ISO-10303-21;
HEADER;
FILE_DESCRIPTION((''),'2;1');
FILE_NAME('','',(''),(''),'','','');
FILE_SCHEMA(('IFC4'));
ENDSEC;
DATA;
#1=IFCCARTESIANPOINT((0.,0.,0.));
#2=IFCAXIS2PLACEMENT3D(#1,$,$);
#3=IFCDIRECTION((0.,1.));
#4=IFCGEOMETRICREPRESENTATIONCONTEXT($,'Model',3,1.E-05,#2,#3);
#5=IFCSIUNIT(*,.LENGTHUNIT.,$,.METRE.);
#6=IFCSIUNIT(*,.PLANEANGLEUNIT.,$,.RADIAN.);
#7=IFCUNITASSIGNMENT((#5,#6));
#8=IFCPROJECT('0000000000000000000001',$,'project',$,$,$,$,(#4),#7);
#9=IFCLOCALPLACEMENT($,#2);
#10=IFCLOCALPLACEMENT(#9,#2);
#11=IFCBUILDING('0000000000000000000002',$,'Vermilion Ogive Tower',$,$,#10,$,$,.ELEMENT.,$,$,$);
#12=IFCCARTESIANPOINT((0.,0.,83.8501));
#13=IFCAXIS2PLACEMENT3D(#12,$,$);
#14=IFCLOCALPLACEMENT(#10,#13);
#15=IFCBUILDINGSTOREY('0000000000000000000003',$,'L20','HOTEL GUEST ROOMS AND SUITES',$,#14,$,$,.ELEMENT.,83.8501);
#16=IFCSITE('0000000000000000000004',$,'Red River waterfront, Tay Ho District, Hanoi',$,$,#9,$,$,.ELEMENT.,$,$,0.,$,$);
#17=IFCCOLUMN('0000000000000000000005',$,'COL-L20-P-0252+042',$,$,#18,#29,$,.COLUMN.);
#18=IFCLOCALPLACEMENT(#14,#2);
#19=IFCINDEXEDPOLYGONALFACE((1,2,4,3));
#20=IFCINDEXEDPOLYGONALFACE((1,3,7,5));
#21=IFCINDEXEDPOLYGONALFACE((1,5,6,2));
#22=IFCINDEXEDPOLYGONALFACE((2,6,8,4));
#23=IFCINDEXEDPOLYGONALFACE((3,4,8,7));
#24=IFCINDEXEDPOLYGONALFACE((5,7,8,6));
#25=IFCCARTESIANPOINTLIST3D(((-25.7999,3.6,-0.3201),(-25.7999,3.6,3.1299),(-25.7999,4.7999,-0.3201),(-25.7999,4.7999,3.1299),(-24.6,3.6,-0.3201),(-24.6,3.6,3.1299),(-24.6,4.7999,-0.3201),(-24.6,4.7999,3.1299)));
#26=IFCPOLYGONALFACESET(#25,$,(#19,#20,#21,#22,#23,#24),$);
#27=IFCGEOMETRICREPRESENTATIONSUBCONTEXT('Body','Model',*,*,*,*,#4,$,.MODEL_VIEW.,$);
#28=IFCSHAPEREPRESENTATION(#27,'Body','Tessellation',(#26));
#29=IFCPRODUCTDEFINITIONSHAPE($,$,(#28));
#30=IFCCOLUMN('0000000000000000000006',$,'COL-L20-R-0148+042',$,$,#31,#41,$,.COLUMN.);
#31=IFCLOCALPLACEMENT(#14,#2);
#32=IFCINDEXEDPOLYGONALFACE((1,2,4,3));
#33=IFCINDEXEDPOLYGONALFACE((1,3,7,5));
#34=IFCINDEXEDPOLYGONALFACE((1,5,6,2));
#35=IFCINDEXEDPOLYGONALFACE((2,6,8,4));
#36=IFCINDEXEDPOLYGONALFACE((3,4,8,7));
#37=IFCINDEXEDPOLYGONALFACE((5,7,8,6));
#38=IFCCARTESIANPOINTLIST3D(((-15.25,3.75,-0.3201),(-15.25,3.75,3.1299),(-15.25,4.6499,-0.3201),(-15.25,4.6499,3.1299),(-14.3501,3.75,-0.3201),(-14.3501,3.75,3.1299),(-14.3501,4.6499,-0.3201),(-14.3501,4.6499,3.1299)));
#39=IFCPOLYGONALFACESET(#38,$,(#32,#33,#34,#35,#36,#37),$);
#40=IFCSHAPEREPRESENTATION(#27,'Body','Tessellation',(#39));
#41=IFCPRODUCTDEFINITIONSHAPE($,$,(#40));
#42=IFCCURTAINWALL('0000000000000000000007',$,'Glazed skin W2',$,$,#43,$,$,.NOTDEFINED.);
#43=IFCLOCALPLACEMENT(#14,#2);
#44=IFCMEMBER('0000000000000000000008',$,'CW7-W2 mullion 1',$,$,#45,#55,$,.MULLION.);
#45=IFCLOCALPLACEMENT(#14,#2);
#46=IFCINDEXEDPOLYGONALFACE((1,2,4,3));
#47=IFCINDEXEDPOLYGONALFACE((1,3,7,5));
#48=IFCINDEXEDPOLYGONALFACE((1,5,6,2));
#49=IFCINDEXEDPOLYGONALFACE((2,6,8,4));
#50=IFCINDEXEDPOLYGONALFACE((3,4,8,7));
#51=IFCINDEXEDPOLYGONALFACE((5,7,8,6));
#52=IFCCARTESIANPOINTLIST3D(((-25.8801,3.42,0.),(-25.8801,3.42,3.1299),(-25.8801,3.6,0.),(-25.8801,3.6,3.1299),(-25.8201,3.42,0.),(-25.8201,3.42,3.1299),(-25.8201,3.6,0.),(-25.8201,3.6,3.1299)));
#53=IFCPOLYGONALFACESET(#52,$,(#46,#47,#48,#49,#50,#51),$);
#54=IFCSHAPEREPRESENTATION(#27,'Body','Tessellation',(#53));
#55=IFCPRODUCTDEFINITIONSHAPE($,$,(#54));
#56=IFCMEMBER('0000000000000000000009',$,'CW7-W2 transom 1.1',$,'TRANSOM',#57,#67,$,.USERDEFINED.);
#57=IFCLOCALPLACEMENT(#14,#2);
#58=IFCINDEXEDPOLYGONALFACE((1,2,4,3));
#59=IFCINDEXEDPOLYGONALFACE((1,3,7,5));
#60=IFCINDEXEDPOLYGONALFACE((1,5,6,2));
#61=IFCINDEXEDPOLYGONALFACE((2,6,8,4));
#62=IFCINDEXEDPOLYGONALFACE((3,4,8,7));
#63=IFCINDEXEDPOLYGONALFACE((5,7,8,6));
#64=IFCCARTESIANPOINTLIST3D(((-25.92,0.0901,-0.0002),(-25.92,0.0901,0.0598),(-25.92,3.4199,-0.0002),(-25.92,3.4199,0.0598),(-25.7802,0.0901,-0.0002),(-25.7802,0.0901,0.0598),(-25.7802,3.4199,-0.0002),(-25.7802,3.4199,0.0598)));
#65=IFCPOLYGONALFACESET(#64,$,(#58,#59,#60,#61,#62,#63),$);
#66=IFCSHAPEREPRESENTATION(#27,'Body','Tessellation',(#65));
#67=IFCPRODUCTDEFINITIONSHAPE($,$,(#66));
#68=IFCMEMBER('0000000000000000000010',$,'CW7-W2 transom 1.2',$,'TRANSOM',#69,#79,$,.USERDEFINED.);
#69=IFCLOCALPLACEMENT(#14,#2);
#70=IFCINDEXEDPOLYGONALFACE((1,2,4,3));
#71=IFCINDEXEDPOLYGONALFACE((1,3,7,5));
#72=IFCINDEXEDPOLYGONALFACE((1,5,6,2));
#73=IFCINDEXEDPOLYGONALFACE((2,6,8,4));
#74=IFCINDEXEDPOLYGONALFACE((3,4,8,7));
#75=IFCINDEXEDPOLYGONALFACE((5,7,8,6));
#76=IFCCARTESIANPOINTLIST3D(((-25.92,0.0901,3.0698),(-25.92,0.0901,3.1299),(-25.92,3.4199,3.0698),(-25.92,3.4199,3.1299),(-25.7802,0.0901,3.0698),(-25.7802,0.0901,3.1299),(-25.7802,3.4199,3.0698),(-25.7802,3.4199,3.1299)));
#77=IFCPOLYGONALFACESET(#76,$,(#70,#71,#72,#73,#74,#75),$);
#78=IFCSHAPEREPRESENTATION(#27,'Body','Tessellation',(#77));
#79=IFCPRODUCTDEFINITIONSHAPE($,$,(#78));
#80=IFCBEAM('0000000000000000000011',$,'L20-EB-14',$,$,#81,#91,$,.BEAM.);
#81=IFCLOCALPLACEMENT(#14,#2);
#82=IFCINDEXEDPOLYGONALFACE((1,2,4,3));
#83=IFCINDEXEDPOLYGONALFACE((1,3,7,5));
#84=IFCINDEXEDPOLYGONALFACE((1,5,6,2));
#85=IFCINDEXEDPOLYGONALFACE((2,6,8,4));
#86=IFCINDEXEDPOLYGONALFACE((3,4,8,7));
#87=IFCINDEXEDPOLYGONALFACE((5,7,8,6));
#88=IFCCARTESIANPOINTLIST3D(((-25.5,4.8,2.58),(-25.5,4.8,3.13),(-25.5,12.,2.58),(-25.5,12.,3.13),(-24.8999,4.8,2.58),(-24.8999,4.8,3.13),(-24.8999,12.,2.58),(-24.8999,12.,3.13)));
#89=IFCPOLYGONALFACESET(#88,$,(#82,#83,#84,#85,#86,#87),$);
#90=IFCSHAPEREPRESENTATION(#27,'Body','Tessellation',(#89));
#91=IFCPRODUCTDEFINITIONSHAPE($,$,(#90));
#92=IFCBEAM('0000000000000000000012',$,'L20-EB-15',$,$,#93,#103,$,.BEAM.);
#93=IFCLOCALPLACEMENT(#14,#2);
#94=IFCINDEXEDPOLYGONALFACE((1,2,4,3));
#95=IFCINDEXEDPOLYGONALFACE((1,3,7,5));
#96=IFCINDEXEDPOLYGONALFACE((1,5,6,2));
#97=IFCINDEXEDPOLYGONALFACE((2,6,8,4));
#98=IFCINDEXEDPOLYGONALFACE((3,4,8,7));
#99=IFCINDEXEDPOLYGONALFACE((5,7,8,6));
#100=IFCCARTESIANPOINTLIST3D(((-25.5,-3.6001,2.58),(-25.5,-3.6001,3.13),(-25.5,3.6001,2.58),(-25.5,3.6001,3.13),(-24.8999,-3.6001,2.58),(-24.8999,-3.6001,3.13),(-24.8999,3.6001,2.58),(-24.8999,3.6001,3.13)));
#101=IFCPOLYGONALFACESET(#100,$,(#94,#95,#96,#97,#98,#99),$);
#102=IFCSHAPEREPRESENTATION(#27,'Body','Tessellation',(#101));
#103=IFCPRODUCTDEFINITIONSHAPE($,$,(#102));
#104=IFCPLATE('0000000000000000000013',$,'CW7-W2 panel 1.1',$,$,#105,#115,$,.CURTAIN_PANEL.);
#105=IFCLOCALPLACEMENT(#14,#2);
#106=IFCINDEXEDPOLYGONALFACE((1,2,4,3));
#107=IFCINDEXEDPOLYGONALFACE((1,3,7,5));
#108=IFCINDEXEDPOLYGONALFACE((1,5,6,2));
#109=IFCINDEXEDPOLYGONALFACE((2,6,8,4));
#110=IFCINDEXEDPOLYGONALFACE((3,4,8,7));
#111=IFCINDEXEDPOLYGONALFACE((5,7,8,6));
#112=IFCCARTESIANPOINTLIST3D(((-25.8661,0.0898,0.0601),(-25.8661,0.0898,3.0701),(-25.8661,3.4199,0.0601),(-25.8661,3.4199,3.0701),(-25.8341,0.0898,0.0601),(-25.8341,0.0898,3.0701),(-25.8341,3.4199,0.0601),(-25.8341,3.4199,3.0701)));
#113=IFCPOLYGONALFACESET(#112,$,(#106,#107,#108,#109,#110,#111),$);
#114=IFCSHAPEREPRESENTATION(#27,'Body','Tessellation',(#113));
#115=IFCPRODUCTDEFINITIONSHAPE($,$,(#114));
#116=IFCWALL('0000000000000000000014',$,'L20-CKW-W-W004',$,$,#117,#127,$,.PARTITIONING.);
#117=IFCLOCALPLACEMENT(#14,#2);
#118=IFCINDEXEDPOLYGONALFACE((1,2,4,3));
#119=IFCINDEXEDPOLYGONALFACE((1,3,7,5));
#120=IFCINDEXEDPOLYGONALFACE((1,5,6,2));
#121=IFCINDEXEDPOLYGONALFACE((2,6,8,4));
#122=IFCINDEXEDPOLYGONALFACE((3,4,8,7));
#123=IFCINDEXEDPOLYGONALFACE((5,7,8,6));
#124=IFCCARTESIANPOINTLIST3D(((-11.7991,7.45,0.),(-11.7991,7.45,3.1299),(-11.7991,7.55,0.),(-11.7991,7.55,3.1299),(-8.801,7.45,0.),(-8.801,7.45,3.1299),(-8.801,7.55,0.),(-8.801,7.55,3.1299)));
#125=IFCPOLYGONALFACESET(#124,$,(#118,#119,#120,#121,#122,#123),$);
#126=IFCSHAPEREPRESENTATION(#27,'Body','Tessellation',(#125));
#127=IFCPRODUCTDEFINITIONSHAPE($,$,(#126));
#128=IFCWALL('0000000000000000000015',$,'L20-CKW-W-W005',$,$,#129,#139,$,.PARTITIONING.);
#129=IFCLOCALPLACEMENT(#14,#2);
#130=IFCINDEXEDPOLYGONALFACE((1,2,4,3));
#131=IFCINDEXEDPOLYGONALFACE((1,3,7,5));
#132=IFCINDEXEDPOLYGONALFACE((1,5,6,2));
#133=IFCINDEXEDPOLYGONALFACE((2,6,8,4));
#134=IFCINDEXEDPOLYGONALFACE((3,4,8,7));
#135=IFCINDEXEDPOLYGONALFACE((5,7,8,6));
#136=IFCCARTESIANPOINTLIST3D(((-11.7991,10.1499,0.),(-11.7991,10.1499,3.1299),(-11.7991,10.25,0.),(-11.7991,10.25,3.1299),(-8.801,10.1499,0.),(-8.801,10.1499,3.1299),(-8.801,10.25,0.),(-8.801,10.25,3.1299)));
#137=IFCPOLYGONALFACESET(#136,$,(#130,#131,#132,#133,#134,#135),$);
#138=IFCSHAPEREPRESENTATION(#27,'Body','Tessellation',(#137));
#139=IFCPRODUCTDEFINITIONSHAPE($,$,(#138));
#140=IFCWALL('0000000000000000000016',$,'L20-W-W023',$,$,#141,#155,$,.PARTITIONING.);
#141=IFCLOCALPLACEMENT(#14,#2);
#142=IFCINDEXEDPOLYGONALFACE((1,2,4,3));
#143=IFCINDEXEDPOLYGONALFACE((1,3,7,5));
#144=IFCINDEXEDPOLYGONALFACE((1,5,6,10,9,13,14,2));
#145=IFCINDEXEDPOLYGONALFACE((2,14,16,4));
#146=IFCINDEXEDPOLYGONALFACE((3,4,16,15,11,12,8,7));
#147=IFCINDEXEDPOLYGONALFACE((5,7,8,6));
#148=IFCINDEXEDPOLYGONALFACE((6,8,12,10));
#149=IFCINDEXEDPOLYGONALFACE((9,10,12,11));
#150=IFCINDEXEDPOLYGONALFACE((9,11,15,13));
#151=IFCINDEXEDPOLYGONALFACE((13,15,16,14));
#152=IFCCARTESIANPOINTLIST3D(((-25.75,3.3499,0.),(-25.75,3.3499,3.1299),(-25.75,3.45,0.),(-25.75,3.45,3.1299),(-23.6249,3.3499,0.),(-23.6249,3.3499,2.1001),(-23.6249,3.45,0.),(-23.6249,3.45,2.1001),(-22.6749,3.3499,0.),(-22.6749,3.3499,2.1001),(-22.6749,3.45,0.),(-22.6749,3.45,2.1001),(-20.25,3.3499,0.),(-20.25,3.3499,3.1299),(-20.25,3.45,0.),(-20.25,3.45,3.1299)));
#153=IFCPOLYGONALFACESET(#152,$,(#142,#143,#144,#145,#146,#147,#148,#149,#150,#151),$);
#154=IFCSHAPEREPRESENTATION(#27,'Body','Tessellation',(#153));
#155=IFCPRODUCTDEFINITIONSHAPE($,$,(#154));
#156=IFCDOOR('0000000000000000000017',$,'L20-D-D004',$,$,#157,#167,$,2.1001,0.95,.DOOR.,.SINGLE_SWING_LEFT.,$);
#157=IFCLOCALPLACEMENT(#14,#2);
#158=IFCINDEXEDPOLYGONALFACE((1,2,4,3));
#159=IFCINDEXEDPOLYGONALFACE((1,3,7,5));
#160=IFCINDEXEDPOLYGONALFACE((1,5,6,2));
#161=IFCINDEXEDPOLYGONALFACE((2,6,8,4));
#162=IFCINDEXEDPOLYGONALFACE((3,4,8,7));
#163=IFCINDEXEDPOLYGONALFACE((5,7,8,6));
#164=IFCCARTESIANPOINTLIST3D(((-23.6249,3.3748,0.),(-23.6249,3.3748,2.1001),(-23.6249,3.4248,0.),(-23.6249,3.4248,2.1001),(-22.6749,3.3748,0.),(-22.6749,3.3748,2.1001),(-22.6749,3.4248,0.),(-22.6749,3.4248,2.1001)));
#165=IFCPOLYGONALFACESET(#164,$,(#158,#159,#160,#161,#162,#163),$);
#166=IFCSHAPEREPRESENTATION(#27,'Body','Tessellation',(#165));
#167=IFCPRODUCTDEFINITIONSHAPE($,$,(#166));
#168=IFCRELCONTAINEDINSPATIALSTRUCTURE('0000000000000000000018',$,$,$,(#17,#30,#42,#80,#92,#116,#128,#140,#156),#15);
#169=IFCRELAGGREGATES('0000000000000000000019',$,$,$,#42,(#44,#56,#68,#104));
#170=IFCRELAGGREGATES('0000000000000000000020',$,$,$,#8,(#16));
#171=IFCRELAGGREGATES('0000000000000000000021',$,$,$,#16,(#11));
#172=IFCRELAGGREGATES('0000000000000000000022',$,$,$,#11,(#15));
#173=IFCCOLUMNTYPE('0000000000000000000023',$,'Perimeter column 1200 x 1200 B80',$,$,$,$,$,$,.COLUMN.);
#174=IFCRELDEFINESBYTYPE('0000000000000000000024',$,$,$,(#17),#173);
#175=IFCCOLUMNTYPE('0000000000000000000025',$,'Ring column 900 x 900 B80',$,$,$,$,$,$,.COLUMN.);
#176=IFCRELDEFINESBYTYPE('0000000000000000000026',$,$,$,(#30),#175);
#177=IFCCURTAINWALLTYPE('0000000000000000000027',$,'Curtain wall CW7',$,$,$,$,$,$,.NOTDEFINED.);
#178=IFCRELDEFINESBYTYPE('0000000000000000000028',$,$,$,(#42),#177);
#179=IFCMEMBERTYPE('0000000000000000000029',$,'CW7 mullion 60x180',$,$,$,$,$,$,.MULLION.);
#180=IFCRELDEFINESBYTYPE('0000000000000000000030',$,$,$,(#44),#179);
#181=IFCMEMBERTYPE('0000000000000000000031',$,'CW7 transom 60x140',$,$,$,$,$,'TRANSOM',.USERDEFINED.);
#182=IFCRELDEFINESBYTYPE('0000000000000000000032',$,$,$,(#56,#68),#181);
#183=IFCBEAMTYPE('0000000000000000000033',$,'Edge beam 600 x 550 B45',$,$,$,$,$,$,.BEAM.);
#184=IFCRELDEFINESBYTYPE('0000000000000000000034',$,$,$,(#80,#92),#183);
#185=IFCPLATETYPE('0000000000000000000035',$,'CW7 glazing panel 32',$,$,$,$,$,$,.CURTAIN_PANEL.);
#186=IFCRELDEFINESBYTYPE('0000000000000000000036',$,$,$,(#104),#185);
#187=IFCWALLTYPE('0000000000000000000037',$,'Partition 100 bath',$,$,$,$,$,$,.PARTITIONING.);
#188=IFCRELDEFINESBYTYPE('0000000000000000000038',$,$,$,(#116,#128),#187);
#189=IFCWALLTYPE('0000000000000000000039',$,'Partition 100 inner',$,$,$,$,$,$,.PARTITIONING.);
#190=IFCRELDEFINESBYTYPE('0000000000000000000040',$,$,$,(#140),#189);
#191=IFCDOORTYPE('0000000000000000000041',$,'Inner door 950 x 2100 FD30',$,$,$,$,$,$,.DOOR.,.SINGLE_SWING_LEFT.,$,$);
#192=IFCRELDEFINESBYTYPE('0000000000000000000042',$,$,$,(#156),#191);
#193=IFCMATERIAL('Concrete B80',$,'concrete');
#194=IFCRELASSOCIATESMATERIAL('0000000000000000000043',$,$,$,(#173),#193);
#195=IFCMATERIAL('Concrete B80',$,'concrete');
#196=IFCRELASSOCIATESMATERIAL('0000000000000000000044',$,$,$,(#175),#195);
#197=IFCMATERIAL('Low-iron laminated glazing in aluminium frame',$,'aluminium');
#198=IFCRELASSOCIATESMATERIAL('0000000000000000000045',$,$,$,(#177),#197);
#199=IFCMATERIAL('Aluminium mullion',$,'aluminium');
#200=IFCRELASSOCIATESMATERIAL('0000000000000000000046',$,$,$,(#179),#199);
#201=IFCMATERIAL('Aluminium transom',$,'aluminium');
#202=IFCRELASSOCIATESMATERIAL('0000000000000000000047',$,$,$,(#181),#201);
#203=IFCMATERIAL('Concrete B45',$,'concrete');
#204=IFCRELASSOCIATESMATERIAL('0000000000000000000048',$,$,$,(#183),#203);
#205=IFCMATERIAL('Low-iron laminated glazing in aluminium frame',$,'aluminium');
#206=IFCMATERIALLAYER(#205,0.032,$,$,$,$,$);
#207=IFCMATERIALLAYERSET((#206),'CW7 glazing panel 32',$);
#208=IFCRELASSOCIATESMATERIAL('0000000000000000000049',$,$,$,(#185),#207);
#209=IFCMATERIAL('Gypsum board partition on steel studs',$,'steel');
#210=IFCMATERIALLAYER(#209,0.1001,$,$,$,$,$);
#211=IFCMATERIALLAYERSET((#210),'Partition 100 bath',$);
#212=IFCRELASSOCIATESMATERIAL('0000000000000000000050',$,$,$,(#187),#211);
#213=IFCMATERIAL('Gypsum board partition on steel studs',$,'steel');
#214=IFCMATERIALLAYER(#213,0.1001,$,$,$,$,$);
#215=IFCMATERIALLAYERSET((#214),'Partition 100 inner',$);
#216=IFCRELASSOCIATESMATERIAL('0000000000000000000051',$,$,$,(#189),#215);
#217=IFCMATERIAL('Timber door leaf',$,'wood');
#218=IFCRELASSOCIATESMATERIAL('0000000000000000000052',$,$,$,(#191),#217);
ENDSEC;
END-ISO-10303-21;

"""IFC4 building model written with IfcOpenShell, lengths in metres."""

from ifc_helpers import new_model, si_unit, direction, frame, frame_2d, origin, origin_2d, place, context, subcontext, project, spatial, rectangle, extrude, material, layer, layer_set, material_profile, profile_set, type_object, element, fill, aggregate, save


model = new_model("IFC4")

# Units and contexts
model_context = context("Model", 3, precision=1e-05, world=origin(), true_north=direction((0.0, 1.0)))
body_context = subcontext(model_context, "Body", "Model", "MODEL_VIEW")
ifc_project = project(units=[si_unit("LENGTHUNIT", "METRE"), si_unit("PLANEANGLEUNIT", "RADIAN")], contexts=[model_context])

# Site, building, storey
site_placement = place(None, origin())
site = spatial("IfcSite", under=ifc_project, at=site_placement, Name="Red River waterfront, Tay Ho District, Hanoi", CompositionType="ELEMENT", RefElevation=0.0)
building_placement = place(site_placement, origin())
building = spatial("IfcBuilding", under=site, at=building_placement, Name="Vermilion Ogive Tower", CompositionType="ELEMENT")
storey_placement = place(building_placement, frame((0.0, 0.0, 83.8501)))
storey = spatial("IfcBuildingStorey", under=building, at=storey_placement, Name="L20", Description="HOTEL GUEST ROOMS AND SUITES", CompositionType="ELEMENT", Elevation=83.8501)

# Columns
ifc_material_1 = material(Name="Concrete B80", Category="concrete")
ifc_material_profile_1 = material_profile(ifc_material_1, rectangle(XDim=1.2, YDim=1.2, at=origin_2d()), Name="1200 x 1200")
ifc_profile_set_1 = profile_set([ifc_material_profile_1], Name="Concrete B80")
column_type_1 = type_object("IfcColumnType", Name="Perimeter column 1200 x 1200 B80", PredefinedType="COLUMN", material=ifc_profile_set_1)
column_1_placement = place(storey_placement, frame((-25.2, 4.2, -0.3201), z_axis=(0.0, 0.0, 1.0), x_axis=(1.0, 0.0, 0.0)))
element("IfcColumn", 1, at=column_1_placement, inside=storey, type_object=column_type_1, Name="COL-L20-P-0252+042", PredefinedType="COLUMN", context=body_context, shape_type="SweptSolid", body=[
    extrude(rectangle(XDim=1.2, YDim=1.2, at=origin_2d()), origin(), (0.0, 0.0, 1.0), 3.45),
])
ifc_material_2 = material(Name="Concrete B80", Category="concrete")
ifc_material_profile_2 = material_profile(ifc_material_2, rectangle(XDim=0.8999, YDim=0.8999, at=origin_2d()), Name="900 x 900")
ifc_profile_set_2 = profile_set([ifc_material_profile_2], Name="Concrete B80")
column_type_2 = type_object("IfcColumnType", Name="Ring column 900 x 900 B80", PredefinedType="COLUMN", material=ifc_profile_set_2)
column_2_placement = place(storey_placement, frame((-14.8, 4.2, -0.3201), z_axis=(0.0, 0.0, 1.0), x_axis=(1.0, 0.0, 0.0)))
element("IfcColumn", 2, at=column_2_placement, inside=storey, type_object=column_type_2, Name="COL-L20-R-0148+042", PredefinedType="COLUMN", context=body_context, shape_type="SweptSolid", body=[
    extrude(rectangle(XDim=0.8999, YDim=0.8999, at=origin_2d()), origin(), (0.0, 0.0, 1.0), 3.45),
])

# Curtain wall, members
ifc_material_3 = material(Name="Low-iron laminated glazing in aluminium frame", Category="aluminium")
curtain_wall_type = type_object("IfcCurtainWallType", Name="Curtain wall CW7", PredefinedType="NOTDEFINED", material=ifc_material_3)
curtain_wall_placement = place(storey_placement, origin())
curtain_wall = element("IfcCurtainWall", 3, at=curtain_wall_placement, inside=storey, type_object=curtain_wall_type, Name="Glazed skin W2", PredefinedType="NOTDEFINED")
ifc_material_4 = material(Name="Aluminium mullion", Category="aluminium")
ifc_material_profile_3 = material_profile(ifc_material_4, rectangle(XDim=0.0601, YDim=0.1799, at=origin_2d()), Name="AL 60x180")
ifc_profile_set_3 = profile_set([ifc_material_profile_3], Name="Aluminium mullion")
member_type_1 = type_object("IfcMemberType", Name="CW7 mullion 60x180", PredefinedType="MULLION", material=ifc_profile_set_3)
member_1_placement = place(storey_placement, frame((-25.8501, 3.51, 0.0), z_axis=(0.0, 0.0, 1.0), x_axis=(1.0, 0.0, 0.0)))
member_1 = element("IfcMember", 4, at=member_1_placement, type_object=member_type_1, Name="CW7-W2 mullion 1", PredefinedType="MULLION", context=body_context, shape_type="SweptSolid", body=[
    extrude(rectangle(XDim=0.0601, YDim=0.1799, at=origin_2d()), origin(), (0.0, 0.0, 1.0), 3.1299),
])
ifc_material_5 = material(Name="Aluminium transom", Category="aluminium")
ifc_material_profile_4 = material_profile(ifc_material_5, rectangle(XDim=0.1399, YDim=0.0601, at=origin_2d()), Name="AL 60x140")
ifc_profile_set_4 = profile_set([ifc_material_profile_4], Name="Aluminium transom")
member_type_2 = type_object("IfcMemberType", Name="CW7 transom 60x140", ElementType="TRANSOM", PredefinedType="USERDEFINED", material=ifc_profile_set_4)
member_2_placement = place(storey_placement, frame((-25.8501, 3.4199, 0.0298), z_axis=(0.0, -1.0, 0.0), x_axis=(1.0, 0.0, 0.0)))
member_2 = element("IfcMember", 5, at=member_2_placement, type_object=member_type_2, Name="CW7-W2 transom 1.1", ObjectType="TRANSOM", PredefinedType="USERDEFINED", context=body_context, shape_type="SweptSolid", body=[
    extrude(rectangle(XDim=0.1399, YDim=0.0601, at=origin_2d()), origin(), (0.0, 0.0, 1.0), 3.3298),
])
member_3_placement = place(storey_placement, frame((-25.8501, 3.4199, 3.0999), z_axis=(0.0, -1.0, 0.0), x_axis=(1.0, 0.0, 0.0)))
member_3 = element("IfcMember", 6, at=member_3_placement, type_object=member_type_2, Name="CW7-W2 transom 1.2", ObjectType="TRANSOM", PredefinedType="USERDEFINED", context=body_context, shape_type="SweptSolid", body=[
    extrude(rectangle(XDim=0.1399, YDim=0.0601, at=origin_2d()), origin(), (0.0, 0.0, 1.0), 3.3298),
])

# Beams
ifc_material_6 = material(Name="Concrete B45", Category="concrete")
ifc_material_profile_5 = material_profile(ifc_material_6, rectangle(XDim=0.6001, YDim=0.55, at=origin_2d()), Name="600 x 550")
ifc_profile_set_5 = profile_set([ifc_material_profile_5], Name="Concrete B45")
beam_type = type_object("IfcBeamType", Name="Edge beam 600 x 550 B45", PredefinedType="BEAM", material=ifc_profile_set_5)
beam_1_placement = place(storey_placement, frame((-25.2, 12.0, 2.855), z_axis=(0.0, -1.0, 0.0), x_axis=(1.0, 0.0, 0.0)))
element("IfcBeam", 7, at=beam_1_placement, inside=storey, type_object=beam_type, Name="L20-EB-14", PredefinedType="BEAM", context=body_context, shape_type="SweptSolid", body=[
    extrude(rectangle(XDim=0.6001, YDim=0.55, at=origin_2d()), origin(), (0.0, 0.0, 1.0), 7.2),
])
beam_2_placement = place(storey_placement, frame((-25.2, 3.6001, 2.855), z_axis=(0.0, -1.0, 0.0), x_axis=(1.0, 0.0, 0.0)))
element("IfcBeam", 8, at=beam_2_placement, inside=storey, type_object=beam_type, Name="L20-EB-15", PredefinedType="BEAM", context=body_context, shape_type="SweptSolid", body=[
    extrude(rectangle(XDim=0.6001, YDim=0.55, at=origin_2d()), origin(), (0.0, 0.0, 1.0), 7.2002),
])

# Plate
ifc_material_7 = material(Name="Low-iron laminated glazing in aluminium frame", Category="aluminium")
ifc_layer_1 = layer(ifc_material_7, 0.032)
ifc_layer_set_1 = layer_set([ifc_layer_1], Name="CW7 glazing panel 32")
plate_type = type_object("IfcPlateType", Name="CW7 glazing panel 32", PredefinedType="CURTAIN_PANEL", material=ifc_layer_set_1)
plate_placement = place(storey_placement, frame((-25.8501, 1.7549, 0.0601), z_axis=(0.0, 0.0, 1.0), x_axis=(0.0, -1.0, 0.0)))
plate = element("IfcPlate", 9, at=plate_placement, type_object=plate_type, Name="CW7-W2 panel 1.1", PredefinedType="CURTAIN_PANEL", context=body_context, shape_type="SweptSolid", body=[
    extrude(rectangle(XDim=3.3301, YDim=0.032, at=origin_2d()), origin(), (0.0, 0.0, 1.0), 3.01),
])
aggregate(curtain_wall, [member_1, member_2, member_3, plate])

# Walls
ifc_material_8 = material(Name="Gypsum board partition on steel studs", Category="steel")
ifc_layer_2 = layer(ifc_material_8, 0.1001)
ifc_layer_set_2 = layer_set([ifc_layer_2], Name="Partition 100 bath")
wall_type_1 = type_object("IfcWallType", Name="Partition 100 bath", PredefinedType="PARTITIONING", material=ifc_layer_set_2)
for number, where, z_axis, x_axis, name in (
    (10, (-11.7991, 7.5, 0.0), (0.0, 0.0, 1.0), (1.0, 0.0, 0.0), "L20-CKW-W-W004"),
    (11, (-11.7991, 10.2, 0.0), (0.0, 0.0, 1.0), (1.0, 0.0, 0.0), "L20-CKW-W-W005"),
):
    element("IfcWall", number, at=place(storey_placement, frame(where, z_axis=z_axis, x_axis=x_axis)), inside=storey, type_object=wall_type_1, Name=name, PredefinedType="PARTITIONING", context=body_context, shape_type="SweptSolid", body=[
        extrude(rectangle(XDim=2.998, YDim=0.1001, at=frame_2d((1.499, 0.0))), origin(), (0.0, 0.0, 1.0), 3.1299),
    ])

# Wall, opening, door
ifc_material_9 = material(Name="Gypsum board partition on steel studs", Category="steel")
ifc_layer_3 = layer(ifc_material_9, 0.1001)
ifc_layer_set_3 = layer_set([ifc_layer_3], Name="Partition 100 inner")
wall_type_2 = type_object("IfcWallType", Name="Partition 100 inner", PredefinedType="PARTITIONING", material=ifc_layer_set_3)
wall_1_placement = place(storey_placement, frame((-25.75, 3.3999, 0.0), z_axis=(0.0, 0.0, 1.0), x_axis=(1.0, 0.0, 0.0)))
wall_1 = element("IfcWall", 12, at=wall_1_placement, inside=storey, type_object=wall_type_2, Name="L20-W-W023", PredefinedType="PARTITIONING", context=body_context, shape_type="SweptSolid", body=[
    extrude(rectangle(XDim=5.5, YDim=0.1001, at=frame_2d((2.75, 0.0))), origin(), (0.0, 0.0, 1.0), 3.1299),
])
opening_1_placement = place(wall_1_placement, frame((2.125, 0.0, 0.0)))
opening_1 = element("IfcOpeningElement", 13, at=opening_1_placement, cuts=wall_1, PredefinedType="OPENING", context=body_context, shape_type="SweptSolid", body=[
    extrude(rectangle(XDim=0.95, YDim=2.1001, at=frame_2d((0.4751, 1.05))), frame((0.0, 0.0601, 0.0), z_axis=(0.0, -1.0, 0.0), x_axis=(1.0, 0.0, 0.0)), (0.0, 0.0, 1.0), 0.1201),
])
ifc_material_10 = material(Name="Timber door leaf", Category="wood")
door_type_1 = type_object("IfcDoorType", Name="Inner door 950 x 2100 FD30", OperationType="SINGLE_SWING_LEFT", PredefinedType="DOOR", material=ifc_material_10)
door_1_placement = place(opening_1_placement, origin())
door_1 = element("IfcDoor", 14, at=door_1_placement, inside=storey, type_object=door_type_1, Name="L20-D-D004", OperationType="SINGLE_SWING_LEFT", OverallHeight=2.1001, OverallWidth=0.95, PredefinedType="DOOR", context=body_context, shape_type="SweptSolid", body=[
    extrude(rectangle(XDim=0.95, YDim=2.1001, at=frame_2d((0.4751, 1.05))), frame((0.0, 0.0249, 0.0), z_axis=(0.0, -1.0, 0.0), x_axis=(1.0, 0.0, 0.0)), (0.0, 0.0, 1.0), 0.05),
])
fill(opening_1, door_1)

save(model, "model.ifc")
